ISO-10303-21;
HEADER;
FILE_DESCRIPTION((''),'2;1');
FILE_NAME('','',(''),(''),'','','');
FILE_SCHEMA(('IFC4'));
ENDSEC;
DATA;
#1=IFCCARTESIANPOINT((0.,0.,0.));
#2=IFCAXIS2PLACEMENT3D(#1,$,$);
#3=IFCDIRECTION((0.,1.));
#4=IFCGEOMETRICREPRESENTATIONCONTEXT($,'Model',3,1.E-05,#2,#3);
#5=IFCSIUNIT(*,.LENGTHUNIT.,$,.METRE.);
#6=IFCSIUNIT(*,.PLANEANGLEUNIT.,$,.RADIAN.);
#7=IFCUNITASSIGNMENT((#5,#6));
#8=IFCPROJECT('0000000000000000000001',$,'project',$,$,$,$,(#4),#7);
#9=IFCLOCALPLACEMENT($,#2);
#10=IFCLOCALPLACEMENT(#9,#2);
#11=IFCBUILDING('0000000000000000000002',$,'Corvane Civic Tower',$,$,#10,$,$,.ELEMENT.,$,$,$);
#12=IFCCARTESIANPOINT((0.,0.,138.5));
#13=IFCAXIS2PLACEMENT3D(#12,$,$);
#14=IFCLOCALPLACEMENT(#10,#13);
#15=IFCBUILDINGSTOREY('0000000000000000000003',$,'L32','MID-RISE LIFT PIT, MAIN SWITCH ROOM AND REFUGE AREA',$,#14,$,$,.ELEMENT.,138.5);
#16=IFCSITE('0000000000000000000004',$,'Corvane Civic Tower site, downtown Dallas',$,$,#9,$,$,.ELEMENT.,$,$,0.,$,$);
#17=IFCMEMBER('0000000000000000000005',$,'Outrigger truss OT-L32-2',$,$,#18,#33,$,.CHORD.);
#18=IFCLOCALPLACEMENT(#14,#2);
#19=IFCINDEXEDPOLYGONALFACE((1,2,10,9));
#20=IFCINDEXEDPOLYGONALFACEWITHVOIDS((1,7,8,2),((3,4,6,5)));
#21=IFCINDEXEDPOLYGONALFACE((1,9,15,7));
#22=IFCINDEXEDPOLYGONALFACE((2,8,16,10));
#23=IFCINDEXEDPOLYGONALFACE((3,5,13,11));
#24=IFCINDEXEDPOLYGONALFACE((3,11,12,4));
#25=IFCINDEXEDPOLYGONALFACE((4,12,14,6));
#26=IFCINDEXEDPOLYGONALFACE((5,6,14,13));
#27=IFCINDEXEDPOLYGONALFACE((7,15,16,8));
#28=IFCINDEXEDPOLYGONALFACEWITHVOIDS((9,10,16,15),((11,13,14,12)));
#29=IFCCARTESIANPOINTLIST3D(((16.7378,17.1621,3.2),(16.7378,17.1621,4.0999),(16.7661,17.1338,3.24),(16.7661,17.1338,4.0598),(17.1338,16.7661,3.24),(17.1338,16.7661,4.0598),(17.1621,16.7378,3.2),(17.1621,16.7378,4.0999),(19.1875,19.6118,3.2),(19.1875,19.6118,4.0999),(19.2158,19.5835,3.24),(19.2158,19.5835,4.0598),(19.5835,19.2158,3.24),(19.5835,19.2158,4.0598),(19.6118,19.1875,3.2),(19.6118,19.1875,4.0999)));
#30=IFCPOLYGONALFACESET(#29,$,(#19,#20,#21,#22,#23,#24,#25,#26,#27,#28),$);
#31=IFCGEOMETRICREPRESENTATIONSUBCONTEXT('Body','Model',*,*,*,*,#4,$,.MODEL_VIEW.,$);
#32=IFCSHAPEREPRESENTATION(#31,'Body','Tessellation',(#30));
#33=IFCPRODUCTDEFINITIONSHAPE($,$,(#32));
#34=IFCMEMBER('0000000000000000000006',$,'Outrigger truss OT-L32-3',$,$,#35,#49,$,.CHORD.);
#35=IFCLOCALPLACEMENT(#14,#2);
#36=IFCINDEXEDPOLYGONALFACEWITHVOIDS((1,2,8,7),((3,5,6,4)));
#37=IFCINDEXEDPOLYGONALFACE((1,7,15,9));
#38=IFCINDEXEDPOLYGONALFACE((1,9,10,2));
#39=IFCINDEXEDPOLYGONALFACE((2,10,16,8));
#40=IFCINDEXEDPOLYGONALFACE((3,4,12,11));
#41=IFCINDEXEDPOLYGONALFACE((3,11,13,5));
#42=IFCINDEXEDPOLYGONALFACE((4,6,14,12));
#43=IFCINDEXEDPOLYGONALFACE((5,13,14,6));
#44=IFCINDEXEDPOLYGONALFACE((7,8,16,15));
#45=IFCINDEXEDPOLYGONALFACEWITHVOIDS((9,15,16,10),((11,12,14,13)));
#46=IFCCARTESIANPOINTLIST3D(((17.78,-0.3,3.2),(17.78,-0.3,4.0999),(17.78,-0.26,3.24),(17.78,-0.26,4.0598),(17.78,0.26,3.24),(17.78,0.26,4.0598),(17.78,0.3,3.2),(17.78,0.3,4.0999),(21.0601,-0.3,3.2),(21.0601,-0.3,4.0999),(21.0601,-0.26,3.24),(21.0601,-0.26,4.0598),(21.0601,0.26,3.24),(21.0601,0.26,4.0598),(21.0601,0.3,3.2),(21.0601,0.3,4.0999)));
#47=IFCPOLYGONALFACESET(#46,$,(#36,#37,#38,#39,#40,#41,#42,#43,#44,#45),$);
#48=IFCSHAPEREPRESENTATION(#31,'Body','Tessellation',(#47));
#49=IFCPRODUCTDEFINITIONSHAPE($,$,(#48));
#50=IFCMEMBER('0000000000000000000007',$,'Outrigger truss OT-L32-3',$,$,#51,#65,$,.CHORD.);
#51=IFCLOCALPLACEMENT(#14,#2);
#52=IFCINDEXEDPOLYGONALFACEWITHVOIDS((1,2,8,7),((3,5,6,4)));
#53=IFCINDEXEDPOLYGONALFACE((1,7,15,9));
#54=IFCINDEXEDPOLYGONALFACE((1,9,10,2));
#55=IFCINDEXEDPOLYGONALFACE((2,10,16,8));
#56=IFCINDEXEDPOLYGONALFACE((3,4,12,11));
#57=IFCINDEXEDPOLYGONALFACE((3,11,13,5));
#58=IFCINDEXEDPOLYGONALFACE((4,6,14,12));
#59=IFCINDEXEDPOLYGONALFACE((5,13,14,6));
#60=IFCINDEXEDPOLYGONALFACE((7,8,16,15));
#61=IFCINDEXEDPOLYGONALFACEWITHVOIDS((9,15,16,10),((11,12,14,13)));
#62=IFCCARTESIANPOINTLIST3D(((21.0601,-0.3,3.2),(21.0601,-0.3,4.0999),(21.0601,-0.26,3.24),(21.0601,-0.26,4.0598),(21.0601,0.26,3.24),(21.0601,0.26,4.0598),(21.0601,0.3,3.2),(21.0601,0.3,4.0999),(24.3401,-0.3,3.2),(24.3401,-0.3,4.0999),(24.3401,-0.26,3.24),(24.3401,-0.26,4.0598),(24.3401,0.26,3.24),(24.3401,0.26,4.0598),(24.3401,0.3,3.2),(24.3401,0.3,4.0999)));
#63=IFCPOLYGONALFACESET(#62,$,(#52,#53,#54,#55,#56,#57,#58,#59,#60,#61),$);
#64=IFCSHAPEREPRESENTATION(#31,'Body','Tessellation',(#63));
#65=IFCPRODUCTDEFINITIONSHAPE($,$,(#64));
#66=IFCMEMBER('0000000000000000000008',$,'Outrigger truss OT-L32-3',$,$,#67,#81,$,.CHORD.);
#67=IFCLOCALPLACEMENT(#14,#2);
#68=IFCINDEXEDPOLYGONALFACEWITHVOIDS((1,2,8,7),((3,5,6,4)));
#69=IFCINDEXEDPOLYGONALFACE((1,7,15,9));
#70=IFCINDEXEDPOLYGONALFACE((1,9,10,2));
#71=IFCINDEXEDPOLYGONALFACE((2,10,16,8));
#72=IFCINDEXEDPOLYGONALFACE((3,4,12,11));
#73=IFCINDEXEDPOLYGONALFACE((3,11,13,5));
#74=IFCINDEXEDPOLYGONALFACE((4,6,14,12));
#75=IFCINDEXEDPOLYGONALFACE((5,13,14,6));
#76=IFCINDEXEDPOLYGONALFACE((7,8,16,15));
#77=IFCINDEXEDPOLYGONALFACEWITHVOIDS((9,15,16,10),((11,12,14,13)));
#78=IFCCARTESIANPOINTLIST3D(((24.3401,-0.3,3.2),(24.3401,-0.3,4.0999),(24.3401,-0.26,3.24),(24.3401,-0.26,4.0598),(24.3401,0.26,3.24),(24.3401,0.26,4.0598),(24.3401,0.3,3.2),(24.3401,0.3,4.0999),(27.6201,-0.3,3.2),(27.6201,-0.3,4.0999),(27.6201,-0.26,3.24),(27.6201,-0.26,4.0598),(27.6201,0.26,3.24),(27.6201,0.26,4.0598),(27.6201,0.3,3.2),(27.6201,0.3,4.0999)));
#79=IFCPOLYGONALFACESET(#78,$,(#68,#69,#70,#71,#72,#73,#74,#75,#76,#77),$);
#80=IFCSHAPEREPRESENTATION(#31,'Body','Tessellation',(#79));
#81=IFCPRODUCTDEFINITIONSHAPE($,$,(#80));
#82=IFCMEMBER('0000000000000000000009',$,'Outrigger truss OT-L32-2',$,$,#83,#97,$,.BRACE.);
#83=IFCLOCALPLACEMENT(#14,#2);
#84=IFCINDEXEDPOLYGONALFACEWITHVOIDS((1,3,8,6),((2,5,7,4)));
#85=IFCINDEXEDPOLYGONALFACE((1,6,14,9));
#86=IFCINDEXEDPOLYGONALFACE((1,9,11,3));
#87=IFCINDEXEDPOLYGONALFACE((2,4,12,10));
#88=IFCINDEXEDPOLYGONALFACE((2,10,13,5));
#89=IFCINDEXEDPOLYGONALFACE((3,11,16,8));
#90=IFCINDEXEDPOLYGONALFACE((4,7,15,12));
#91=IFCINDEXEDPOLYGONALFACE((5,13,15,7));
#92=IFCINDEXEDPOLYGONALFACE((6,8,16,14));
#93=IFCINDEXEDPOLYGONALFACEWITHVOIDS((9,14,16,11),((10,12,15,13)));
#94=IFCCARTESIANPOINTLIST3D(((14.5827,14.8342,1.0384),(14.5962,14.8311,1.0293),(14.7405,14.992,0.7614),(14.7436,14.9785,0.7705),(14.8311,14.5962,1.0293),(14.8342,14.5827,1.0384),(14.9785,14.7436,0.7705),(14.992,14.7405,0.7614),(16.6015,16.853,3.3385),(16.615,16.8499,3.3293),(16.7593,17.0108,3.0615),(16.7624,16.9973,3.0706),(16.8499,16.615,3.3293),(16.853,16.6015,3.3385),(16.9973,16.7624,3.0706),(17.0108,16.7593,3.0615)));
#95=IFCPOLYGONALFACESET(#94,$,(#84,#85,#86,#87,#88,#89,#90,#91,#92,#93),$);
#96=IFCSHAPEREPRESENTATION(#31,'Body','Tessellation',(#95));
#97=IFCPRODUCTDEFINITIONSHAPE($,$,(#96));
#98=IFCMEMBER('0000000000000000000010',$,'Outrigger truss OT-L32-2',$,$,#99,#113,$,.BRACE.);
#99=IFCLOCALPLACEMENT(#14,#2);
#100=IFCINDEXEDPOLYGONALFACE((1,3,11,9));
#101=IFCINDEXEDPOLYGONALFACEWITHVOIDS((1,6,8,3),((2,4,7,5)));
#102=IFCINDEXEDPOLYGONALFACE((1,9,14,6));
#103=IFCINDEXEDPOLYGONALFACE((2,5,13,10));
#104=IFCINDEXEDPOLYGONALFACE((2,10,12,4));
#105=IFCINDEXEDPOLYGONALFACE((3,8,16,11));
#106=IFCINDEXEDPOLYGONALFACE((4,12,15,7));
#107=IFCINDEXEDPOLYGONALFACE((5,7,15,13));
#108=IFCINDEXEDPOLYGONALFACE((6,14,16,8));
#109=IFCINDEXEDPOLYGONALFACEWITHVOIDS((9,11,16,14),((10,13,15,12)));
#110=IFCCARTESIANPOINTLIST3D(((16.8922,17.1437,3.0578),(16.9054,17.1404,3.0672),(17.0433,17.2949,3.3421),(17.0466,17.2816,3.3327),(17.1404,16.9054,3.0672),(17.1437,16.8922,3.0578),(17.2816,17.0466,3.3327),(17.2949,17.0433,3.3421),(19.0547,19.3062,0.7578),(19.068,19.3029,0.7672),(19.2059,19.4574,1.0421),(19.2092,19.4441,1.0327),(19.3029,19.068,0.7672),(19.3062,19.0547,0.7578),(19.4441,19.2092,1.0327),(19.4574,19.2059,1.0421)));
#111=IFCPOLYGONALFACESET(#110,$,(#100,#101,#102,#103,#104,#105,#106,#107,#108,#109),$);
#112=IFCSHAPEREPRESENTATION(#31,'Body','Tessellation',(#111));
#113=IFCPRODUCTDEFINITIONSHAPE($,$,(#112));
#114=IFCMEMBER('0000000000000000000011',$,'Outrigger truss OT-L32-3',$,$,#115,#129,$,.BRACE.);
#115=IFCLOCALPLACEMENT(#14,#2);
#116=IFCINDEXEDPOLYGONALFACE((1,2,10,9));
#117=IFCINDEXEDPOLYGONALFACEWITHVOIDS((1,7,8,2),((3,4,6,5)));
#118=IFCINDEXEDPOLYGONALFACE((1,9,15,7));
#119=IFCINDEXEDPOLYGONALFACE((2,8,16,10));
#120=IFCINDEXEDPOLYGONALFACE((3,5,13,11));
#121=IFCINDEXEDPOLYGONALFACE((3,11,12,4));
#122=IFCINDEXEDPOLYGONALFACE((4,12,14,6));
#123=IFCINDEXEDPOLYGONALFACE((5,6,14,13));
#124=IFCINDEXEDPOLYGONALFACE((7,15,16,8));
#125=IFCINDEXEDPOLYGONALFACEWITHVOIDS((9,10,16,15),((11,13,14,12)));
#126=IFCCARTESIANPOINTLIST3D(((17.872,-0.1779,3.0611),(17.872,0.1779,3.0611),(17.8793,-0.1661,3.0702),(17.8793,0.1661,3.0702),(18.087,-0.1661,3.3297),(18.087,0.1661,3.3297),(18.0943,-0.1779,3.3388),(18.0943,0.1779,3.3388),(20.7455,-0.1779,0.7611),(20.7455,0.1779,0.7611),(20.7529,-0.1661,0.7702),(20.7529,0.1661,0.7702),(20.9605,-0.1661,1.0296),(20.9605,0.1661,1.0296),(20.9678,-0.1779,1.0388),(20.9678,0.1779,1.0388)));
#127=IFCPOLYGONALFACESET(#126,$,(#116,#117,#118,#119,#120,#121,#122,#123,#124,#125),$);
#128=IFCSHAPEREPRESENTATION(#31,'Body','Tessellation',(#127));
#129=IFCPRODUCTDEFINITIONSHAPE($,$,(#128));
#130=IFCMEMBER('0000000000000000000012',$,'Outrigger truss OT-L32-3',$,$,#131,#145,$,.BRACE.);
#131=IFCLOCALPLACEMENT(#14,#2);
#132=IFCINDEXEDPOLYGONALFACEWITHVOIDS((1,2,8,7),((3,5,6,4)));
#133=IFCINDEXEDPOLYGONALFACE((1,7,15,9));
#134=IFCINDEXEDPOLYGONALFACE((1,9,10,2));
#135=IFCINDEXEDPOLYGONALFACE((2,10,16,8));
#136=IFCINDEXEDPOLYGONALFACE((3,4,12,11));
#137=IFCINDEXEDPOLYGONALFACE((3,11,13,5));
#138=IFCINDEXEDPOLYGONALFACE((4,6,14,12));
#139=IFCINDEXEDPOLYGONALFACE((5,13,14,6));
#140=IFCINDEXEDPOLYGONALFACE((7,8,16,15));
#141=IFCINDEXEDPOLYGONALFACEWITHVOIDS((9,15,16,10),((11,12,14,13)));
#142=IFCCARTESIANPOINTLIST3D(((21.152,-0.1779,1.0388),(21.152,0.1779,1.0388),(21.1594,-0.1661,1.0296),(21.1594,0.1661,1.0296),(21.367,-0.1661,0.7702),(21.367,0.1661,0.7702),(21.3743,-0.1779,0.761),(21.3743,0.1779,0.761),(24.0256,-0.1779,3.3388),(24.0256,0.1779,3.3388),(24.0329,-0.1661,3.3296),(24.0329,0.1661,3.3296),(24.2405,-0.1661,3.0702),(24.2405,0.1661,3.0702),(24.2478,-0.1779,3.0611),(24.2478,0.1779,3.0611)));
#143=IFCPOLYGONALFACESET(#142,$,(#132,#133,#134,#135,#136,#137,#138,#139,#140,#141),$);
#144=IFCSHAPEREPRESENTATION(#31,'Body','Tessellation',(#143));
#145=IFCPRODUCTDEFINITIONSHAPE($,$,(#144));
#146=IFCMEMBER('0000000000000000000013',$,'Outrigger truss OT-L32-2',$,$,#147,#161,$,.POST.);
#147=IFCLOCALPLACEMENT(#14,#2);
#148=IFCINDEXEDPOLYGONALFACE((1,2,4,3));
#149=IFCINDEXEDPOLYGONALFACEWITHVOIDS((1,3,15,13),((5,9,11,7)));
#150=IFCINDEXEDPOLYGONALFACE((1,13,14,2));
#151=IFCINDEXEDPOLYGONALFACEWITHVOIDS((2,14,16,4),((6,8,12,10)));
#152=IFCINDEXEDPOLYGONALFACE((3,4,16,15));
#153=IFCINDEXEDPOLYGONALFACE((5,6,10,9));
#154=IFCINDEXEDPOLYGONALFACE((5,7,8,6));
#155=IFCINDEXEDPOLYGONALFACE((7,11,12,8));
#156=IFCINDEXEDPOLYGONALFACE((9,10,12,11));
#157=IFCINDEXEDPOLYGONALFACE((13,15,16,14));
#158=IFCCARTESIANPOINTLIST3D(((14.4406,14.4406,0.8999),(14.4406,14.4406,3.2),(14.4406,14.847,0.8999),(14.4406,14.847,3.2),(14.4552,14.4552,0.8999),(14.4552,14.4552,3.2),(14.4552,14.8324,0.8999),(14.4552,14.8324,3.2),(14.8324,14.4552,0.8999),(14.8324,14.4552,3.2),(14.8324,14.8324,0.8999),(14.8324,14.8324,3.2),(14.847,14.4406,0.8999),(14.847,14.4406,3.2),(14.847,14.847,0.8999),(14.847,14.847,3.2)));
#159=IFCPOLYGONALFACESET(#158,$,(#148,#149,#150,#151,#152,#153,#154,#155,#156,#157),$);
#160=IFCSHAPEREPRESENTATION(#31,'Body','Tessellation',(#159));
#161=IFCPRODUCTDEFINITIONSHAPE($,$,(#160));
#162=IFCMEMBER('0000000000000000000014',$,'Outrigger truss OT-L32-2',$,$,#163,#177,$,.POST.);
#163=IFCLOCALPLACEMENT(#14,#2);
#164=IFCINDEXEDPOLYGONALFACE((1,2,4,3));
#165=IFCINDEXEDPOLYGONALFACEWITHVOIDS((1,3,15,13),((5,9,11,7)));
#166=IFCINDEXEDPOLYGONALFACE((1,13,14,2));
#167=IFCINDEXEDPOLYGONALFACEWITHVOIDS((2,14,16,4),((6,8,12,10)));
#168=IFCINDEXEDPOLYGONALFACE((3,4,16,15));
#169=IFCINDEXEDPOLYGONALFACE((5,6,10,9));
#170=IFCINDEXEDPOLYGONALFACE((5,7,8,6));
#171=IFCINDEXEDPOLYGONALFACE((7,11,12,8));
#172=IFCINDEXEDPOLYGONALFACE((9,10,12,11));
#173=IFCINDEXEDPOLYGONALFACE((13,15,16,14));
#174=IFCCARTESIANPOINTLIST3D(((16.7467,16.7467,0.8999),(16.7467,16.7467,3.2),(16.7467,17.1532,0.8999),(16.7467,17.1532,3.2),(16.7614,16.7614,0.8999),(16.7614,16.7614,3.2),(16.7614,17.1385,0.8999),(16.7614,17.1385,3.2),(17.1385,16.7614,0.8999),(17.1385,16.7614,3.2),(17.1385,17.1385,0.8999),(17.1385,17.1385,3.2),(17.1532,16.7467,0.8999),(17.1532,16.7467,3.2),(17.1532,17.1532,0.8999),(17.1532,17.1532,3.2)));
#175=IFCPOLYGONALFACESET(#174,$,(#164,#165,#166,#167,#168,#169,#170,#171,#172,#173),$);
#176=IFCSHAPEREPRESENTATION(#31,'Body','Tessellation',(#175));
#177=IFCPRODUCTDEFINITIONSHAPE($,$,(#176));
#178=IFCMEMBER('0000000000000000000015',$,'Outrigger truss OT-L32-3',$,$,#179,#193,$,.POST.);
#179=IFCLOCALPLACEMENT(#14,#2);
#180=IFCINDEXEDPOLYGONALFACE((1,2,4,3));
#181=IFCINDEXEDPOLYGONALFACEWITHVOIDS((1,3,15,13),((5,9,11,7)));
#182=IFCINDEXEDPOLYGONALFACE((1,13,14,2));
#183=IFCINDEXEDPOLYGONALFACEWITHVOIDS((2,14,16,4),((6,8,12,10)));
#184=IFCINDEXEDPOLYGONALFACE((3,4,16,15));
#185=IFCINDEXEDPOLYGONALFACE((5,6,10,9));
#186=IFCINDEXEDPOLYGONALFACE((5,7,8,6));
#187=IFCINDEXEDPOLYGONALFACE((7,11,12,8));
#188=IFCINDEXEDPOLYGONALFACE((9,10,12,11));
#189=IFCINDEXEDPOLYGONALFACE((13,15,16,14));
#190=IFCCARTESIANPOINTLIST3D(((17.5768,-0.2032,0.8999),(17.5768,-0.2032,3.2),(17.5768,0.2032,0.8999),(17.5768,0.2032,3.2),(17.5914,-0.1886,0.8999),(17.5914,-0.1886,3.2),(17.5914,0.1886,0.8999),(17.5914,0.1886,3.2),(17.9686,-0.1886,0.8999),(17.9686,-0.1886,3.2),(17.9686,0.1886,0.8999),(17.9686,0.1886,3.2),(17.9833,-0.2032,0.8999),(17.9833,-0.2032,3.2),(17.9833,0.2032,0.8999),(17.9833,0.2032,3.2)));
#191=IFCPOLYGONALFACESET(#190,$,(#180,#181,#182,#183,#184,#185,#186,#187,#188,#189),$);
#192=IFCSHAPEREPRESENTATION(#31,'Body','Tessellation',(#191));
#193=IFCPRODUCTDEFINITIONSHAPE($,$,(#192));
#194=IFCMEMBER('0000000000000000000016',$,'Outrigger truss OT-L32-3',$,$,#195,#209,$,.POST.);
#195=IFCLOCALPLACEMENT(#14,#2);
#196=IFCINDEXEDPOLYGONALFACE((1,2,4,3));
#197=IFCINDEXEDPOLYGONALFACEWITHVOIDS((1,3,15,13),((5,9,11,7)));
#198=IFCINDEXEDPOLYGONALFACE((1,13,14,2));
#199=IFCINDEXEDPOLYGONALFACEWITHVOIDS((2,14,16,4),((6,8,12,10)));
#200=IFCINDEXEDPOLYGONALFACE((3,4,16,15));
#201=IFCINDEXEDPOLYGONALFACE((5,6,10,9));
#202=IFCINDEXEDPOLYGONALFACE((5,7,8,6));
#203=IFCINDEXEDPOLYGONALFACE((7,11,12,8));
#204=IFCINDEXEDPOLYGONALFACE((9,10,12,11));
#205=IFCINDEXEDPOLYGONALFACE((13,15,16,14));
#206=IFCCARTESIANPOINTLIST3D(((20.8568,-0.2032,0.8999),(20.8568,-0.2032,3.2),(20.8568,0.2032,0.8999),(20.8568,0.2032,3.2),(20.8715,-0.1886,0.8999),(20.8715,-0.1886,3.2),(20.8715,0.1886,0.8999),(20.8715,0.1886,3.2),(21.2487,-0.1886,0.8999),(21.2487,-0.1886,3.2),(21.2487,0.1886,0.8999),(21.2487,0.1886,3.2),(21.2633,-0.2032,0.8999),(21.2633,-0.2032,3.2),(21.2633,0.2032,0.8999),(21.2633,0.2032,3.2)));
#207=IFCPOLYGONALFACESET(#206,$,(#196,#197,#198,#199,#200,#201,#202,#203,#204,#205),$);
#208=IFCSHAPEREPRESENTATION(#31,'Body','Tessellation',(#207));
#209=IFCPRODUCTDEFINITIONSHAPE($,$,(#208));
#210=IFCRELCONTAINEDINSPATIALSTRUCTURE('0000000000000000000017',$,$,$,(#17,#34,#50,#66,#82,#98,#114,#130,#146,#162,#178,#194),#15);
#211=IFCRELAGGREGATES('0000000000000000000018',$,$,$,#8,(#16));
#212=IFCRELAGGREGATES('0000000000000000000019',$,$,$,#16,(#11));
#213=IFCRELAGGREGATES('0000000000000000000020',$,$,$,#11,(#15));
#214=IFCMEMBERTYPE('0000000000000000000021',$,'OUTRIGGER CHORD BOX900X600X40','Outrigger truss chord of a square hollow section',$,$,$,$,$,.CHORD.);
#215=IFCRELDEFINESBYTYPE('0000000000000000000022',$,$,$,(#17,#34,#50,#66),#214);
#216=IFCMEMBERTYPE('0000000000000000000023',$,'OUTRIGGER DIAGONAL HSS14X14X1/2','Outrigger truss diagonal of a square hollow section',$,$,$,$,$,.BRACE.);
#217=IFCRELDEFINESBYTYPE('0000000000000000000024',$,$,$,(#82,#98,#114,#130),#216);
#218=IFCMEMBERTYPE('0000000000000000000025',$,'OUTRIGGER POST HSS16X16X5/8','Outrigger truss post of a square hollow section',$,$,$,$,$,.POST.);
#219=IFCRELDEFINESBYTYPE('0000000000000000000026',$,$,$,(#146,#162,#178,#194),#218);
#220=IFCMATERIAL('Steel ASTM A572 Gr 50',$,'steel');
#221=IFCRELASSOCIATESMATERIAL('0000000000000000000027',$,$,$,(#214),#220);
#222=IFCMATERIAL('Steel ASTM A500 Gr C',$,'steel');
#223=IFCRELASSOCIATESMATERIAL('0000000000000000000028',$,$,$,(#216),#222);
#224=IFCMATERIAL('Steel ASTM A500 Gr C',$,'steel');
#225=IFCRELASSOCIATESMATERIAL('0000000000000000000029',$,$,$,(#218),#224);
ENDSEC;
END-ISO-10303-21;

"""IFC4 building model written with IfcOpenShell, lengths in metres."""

from ifc_helpers import new_model, si_unit, direction, frame, origin, origin_2d, place, context, subcontext, project, spatial, hollow_rectangle, extrude, material, material_profile, profile_set, type_object, element, save


model = new_model("IFC4")

# Units and contexts
model_context = context("Model", 3, precision=1e-05, world=origin(), true_north=direction((0.0, 1.0)))
body_context = subcontext(model_context, "Body", "Model", "MODEL_VIEW")
ifc_project = project(units=[si_unit("LENGTHUNIT", "METRE"), si_unit("PLANEANGLEUNIT", "RADIAN")], contexts=[model_context])

# Site, building, storey
site_placement = place(None, origin())
site = spatial("IfcSite", under=ifc_project, at=site_placement, Name="Corvane Civic Tower site, downtown Dallas", CompositionType="ELEMENT", RefElevation=0.0)
building_placement = place(site_placement, origin())
building = spatial("IfcBuilding", under=site, at=building_placement, Name="Corvane Civic Tower", CompositionType="ELEMENT")
storey_placement = place(building_placement, frame((0.0, 0.0, 138.5)))
storey = spatial("IfcBuildingStorey", under=building, at=storey_placement, Name="L32", Description="MID-RISE LIFT PIT, MAIN SWITCH ROOM AND REFUGE AREA", CompositionType="ELEMENT", Elevation=138.5)

# Members
ifc_material_1 = material(Name="Steel ASTM A572 Gr 50", Category="steel")
ifc_material_profile_1 = material_profile(ifc_material_1, hollow_rectangle(XDim=0.6001, YDim=0.8999, WallThickness=0.04, at=origin_2d()), Name="BOX900X600X40")
ifc_profile_set_1 = profile_set([ifc_material_profile_1], Name="Steel ASTM A572 Gr 50")
member_type_1 = type_object("IfcMemberType", Name="OUTRIGGER CHORD BOX900X600X40", Description="Outrigger truss chord of a square hollow section", PredefinedType="CHORD", material=ifc_profile_set_1)
member_1_placement = place(storey_placement, frame((16.95, 16.95, 3.6499), z_axis=(0.707107, 0.707107, 0.0), x_axis=(-0.707107, 0.707107, 0.0)))
element("IfcMember", 1, at=member_1_placement, inside=storey, type_object=member_type_1, Name="Outrigger truss OT-L32-2", PredefinedType="CHORD", context=body_context, shape_type="SweptSolid", body=[
    extrude(hollow_rectangle(XDim=0.6001, YDim=0.8999, WallThickness=0.04, at=origin_2d()), origin(), (0.0, 0.0, 1.0), 3.4644),
])
for number, where, z_axis, x_axis, name in (
    (2, (17.78, 0.0, 3.6499), (1.0, 0.0, 0.0), (0.0, 1.0, 0.0), "Outrigger truss OT-L32-3"),
    (3, (21.0601, 0.0, 3.6499), (1.0, 0.0, 0.0), (0.0, 1.0, 0.0), "Outrigger truss OT-L32-3"),
    (4, (24.3401, 0.0, 3.6499), (1.0, 0.0, 0.0), (0.0, 1.0, 0.0), "Outrigger truss OT-L32-3"),
):
    element("IfcMember", number, at=place(storey_placement, frame(where, z_axis=z_axis, x_axis=x_axis)), inside=storey, type_object=member_type_1, Name=name, PredefinedType="CHORD", context=body_context, shape_type="SweptSolid", body=[
        extrude(hollow_rectangle(XDim=0.6001, YDim=0.8999, WallThickness=0.04, at=origin_2d()), origin(), (0.0, 0.0, 1.0), 3.28),
    ])
ifc_material_2 = material(Name="Steel ASTM A500 Gr C", Category="steel")
ifc_material_profile_2 = material_profile(ifc_material_2, hollow_rectangle(XDim=0.3557, YDim=0.3557, WallThickness=0.0117, at=origin_2d()), Name="HSS14X14X1/2")
ifc_profile_set_2 = profile_set([ifc_material_profile_2], Name="Steel ASTM A500 Gr C")
member_type_2 = type_object("IfcMemberType", Name="OUTRIGGER DIAGONAL HSS14X14X1/2", Description="Outrigger truss diagonal of a square hollow section", PredefinedType="BRACE", material=ifc_profile_set_2)
member_2_placement = place(storey_placement, frame((14.7874, 14.7874, 0.8999), z_axis=(0.550645, 0.550645, 0.627359), x_axis=(-0.707107, 0.707107, 0.0)))
element("IfcMember", 5, at=member_2_placement, inside=storey, type_object=member_type_2, Name="Outrigger truss OT-L32-2", PredefinedType="BRACE", context=body_context, shape_type="SweptSolid", body=[
    extrude(hollow_rectangle(XDim=0.3557, YDim=0.3557, WallThickness=0.0117, at=origin_2d()), origin(), (0.0, 0.0, 1.0), 3.6663),
])
member_3_placement = place(storey_placement, frame((17.0935, 17.0935, 3.2), z_axis=(0.565129, 0.565129, -0.601048), x_axis=(-0.707107, 0.707107, 0.0)))
element("IfcMember", 6, at=member_3_placement, inside=storey, type_object=member_type_2, Name="Outrigger truss OT-L32-2", PredefinedType="BRACE", context=body_context, shape_type="SweptSolid", body=[
    extrude(hollow_rectangle(XDim=0.3557, YDim=0.3557, WallThickness=0.0117, at=origin_2d()), origin(), (0.0, 0.0, 1.0), 3.8267),
])
for number, where, z_axis, x_axis, name in (
    (7, (17.9832, 0.0, 3.2), (0.780707, 0.0, -0.624897), (0.0, 1.0, 0.0), "Outrigger truss OT-L32-3"),
    (8, (21.2632, 0.0, 0.8999), (0.780707, 0.0, 0.624897), (0.0, 1.0, 0.0), "Outrigger truss OT-L32-3"),
):
    element("IfcMember", number, at=place(storey_placement, frame(where, z_axis=z_axis, x_axis=x_axis)), inside=storey, type_object=member_type_2, Name=name, PredefinedType="BRACE", context=body_context, shape_type="SweptSolid", body=[
        extrude(hollow_rectangle(XDim=0.3557, YDim=0.3557, WallThickness=0.0117, at=origin_2d()), origin(), (0.0, 0.0, 1.0), 3.6807),
    ])
ifc_material_3 = material(Name="Steel ASTM A500 Gr C", Category="steel")
ifc_material_profile_3 = material_profile(ifc_material_3, hollow_rectangle(XDim=0.4065, YDim=0.4065, WallThickness=0.0146, at=origin_2d()), Name="HSS16X16X5/8")
ifc_profile_set_3 = profile_set([ifc_material_profile_3], Name="Steel ASTM A500 Gr C")
member_type_3 = type_object("IfcMemberType", Name="OUTRIGGER POST HSS16X16X5/8", Description="Outrigger truss post of a square hollow section", PredefinedType="POST", material=ifc_profile_set_3)
for number, where, z_axis, x_axis, name in (
    (9, (14.6438, 14.6438, 0.8999), (0.0, 0.0, 1.0), (1.0, 0.0, 0.0), "Outrigger truss OT-L32-2"),
    (10, (16.95, 16.95, 0.8999), (0.0, 0.0, 1.0), (1.0, 0.0, 0.0), "Outrigger truss OT-L32-2"),
    (11, (17.78, 0.0, 0.8999), (0.0, 0.0, 1.0), (1.0, 0.0, 0.0), "Outrigger truss OT-L32-3"),
    (12, (21.0601, 0.0, 0.8999), (0.0, 0.0, 1.0), (1.0, 0.0, 0.0), "Outrigger truss OT-L32-3"),
):
    element("IfcMember", number, at=place(storey_placement, frame(where, z_axis=z_axis, x_axis=x_axis)), inside=storey, type_object=member_type_3, Name=name, PredefinedType="POST", context=body_context, shape_type="SweptSolid", body=[
        extrude(hollow_rectangle(XDim=0.4065, YDim=0.4065, WallThickness=0.0146, at=origin_2d()), origin(), (0.0, 0.0, 1.0), 2.3),
    ])

save(model, "model.ifc")
